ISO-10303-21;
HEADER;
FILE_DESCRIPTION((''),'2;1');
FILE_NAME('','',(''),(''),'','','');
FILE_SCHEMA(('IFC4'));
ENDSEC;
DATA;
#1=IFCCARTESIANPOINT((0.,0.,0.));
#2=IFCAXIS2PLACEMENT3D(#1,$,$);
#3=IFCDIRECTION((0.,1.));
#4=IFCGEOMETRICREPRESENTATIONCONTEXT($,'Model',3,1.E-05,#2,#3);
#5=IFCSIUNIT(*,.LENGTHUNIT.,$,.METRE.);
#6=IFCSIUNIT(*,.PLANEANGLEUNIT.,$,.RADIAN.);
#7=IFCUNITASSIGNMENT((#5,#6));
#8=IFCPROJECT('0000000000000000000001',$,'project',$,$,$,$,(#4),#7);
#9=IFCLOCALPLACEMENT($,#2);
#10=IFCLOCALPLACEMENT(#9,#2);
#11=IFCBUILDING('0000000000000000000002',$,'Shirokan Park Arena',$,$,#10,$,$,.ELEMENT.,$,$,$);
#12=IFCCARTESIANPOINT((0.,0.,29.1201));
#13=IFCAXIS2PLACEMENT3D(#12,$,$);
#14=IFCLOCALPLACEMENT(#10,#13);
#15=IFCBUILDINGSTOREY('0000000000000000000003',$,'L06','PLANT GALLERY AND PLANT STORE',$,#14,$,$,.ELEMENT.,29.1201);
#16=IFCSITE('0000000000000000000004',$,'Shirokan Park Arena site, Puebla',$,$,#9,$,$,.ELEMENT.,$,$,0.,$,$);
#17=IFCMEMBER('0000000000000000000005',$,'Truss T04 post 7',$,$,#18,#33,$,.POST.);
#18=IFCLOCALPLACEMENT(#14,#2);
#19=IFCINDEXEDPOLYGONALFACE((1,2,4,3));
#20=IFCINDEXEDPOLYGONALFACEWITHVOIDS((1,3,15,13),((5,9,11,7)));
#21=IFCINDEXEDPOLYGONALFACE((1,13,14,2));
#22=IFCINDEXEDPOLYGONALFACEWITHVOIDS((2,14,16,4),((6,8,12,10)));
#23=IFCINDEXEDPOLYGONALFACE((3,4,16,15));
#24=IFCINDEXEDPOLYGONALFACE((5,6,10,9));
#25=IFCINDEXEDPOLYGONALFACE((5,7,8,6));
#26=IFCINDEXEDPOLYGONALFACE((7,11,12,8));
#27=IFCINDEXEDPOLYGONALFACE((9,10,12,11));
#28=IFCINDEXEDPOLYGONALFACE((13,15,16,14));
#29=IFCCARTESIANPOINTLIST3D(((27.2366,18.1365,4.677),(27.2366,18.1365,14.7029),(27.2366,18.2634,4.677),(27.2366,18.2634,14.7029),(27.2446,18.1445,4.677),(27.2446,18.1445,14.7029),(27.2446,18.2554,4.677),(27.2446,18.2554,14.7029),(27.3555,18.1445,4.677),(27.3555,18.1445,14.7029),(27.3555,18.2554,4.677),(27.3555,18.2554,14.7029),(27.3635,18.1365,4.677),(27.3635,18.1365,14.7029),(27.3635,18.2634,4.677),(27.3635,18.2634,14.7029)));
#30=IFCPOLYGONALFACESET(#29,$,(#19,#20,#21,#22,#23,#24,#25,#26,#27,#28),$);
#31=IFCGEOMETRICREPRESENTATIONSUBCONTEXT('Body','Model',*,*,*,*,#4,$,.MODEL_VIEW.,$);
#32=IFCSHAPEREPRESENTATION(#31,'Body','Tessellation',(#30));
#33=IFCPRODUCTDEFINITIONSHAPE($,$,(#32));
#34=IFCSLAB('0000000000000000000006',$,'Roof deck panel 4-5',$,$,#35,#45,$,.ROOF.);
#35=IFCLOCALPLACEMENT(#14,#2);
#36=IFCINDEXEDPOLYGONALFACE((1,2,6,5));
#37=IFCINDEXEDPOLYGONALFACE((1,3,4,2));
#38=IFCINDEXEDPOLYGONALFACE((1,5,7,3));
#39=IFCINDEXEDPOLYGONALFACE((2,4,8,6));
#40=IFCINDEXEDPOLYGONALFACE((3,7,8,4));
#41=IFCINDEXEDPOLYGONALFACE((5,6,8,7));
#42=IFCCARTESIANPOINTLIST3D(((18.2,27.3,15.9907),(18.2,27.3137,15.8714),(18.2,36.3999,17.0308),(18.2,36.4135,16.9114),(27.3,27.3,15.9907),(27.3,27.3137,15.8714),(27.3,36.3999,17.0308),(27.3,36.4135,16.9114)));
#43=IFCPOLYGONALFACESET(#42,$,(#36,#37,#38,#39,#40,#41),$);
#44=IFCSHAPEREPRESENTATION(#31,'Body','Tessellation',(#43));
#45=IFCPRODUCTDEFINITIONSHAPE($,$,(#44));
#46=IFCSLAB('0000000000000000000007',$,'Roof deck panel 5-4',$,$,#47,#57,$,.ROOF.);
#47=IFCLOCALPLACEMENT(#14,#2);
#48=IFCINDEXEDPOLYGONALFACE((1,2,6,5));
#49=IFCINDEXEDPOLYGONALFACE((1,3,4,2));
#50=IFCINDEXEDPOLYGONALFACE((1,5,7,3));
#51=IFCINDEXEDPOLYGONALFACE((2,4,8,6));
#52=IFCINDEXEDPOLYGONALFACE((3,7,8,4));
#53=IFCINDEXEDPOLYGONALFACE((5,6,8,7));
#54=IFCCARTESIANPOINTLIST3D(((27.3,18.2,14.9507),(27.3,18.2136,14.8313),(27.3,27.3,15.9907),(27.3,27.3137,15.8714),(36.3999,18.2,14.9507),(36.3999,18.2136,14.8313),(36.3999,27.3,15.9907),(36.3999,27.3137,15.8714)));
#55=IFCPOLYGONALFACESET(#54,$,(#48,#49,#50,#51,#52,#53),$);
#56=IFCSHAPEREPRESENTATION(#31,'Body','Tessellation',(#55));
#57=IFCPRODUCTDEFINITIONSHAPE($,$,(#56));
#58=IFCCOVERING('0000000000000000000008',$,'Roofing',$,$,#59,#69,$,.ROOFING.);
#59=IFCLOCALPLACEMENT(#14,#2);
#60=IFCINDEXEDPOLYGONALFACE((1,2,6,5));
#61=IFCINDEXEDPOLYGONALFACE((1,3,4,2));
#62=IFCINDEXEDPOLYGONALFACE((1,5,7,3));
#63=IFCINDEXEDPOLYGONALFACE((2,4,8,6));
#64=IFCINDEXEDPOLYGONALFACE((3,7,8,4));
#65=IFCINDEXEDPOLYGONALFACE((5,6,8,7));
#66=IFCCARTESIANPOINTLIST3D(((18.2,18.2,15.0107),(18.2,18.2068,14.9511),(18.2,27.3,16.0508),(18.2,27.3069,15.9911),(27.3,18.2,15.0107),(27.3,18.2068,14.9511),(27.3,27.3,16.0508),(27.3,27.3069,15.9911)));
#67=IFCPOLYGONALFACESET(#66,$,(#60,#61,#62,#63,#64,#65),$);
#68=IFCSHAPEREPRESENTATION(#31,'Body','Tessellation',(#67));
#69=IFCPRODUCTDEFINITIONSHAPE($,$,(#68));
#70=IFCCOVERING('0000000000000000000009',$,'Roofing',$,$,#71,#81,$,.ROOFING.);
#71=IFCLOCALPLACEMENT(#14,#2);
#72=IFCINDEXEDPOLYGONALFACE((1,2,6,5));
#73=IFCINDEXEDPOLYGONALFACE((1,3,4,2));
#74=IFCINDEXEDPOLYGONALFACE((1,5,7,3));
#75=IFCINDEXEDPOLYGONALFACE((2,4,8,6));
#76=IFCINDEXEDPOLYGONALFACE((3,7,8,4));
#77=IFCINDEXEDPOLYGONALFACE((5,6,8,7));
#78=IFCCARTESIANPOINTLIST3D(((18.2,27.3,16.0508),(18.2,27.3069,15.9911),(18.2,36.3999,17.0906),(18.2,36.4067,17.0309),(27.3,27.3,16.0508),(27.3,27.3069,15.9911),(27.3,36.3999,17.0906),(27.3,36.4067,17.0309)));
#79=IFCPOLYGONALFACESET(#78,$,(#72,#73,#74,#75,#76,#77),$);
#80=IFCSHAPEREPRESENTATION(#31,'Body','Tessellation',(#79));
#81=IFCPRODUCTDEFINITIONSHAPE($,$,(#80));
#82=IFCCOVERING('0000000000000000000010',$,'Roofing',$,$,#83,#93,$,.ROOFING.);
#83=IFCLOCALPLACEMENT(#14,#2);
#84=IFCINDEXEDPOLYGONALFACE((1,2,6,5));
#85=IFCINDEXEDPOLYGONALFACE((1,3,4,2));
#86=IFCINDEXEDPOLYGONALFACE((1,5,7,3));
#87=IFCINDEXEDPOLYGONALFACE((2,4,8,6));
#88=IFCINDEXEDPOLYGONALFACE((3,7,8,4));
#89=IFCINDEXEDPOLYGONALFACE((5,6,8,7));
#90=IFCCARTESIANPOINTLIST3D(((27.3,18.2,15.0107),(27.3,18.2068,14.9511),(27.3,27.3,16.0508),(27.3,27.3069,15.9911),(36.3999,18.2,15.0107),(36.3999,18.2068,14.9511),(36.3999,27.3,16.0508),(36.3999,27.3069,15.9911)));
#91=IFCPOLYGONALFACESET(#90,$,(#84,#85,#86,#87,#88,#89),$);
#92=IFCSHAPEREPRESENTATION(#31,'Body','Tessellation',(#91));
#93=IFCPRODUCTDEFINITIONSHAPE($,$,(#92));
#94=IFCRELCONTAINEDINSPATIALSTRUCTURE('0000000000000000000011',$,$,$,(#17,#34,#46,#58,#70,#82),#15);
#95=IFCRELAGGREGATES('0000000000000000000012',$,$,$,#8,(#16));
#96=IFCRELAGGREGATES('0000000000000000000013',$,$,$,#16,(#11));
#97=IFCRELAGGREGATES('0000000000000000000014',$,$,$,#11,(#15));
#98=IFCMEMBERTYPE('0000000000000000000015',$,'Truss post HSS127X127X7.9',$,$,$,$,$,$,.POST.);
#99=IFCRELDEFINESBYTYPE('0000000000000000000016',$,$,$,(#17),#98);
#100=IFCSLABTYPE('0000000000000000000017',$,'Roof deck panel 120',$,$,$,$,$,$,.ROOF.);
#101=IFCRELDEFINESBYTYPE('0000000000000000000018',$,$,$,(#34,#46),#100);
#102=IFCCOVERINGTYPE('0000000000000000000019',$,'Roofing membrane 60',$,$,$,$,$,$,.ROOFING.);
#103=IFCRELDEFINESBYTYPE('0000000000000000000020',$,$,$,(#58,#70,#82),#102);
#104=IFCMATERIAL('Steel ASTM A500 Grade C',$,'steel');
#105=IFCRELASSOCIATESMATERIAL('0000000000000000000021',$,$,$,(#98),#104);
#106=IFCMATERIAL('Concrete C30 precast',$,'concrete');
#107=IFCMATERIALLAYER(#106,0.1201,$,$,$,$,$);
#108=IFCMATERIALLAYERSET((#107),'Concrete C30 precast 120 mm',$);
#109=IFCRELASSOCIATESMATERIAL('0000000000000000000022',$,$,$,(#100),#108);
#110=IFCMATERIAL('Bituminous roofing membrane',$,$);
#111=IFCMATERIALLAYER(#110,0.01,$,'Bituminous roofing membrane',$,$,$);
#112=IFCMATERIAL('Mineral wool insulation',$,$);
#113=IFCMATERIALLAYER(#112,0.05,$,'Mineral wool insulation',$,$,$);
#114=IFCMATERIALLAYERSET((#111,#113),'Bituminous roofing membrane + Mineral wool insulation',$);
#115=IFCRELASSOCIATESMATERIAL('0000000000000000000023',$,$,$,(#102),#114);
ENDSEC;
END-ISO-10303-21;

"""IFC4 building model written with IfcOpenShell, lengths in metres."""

from ifc_helpers import new_model, si_unit, direction, frame, origin, origin_2d, place, context, subcontext, project, spatial, polyline, hollow_rectangle, outline, extrude, material, layer, layer_set, material_profile, profile_set, type_object, element, save


model = new_model("IFC4")

# Units and contexts
model_context = context("Model", 3, precision=1e-05, world=origin(), true_north=direction((0.0, 1.0)))
body_context = subcontext(model_context, "Body", "Model", "MODEL_VIEW")
ifc_project = project(units=[si_unit("LENGTHUNIT", "METRE"), si_unit("PLANEANGLEUNIT", "RADIAN")], contexts=[model_context])

# Site, building, storey
site_placement = place(None, origin())
site = spatial("IfcSite", under=ifc_project, at=site_placement, Name="Shirokan Park Arena site, Puebla", CompositionType="ELEMENT", RefElevation=0.0)
building_placement = place(site_placement, origin())
building = spatial("IfcBuilding", under=site, at=building_placement, Name="Shirokan Park Arena", CompositionType="ELEMENT")
storey_placement = place(building_placement, frame((0.0, 0.0, 29.1201)))
storey = spatial("IfcBuildingStorey", under=building, at=storey_placement, Name="L06", Description="PLANT GALLERY AND PLANT STORE", CompositionType="ELEMENT", Elevation=29.1201)

# Member
ifc_material_1 = material(Name="Steel ASTM A500 Grade C", Category="steel")
ifc_material_profile_1 = material_profile(ifc_material_1, hollow_rectangle(XDim=0.127, YDim=0.127, WallThickness=0.0081, at=origin_2d()), Name="HSS127X127X7.9")
ifc_profile_set_1 = profile_set([ifc_material_profile_1], Name="Steel ASTM A500 Grade C")
member_type_1 = type_object("IfcMemberType", Name="Truss post HSS127X127X7.9", PredefinedType="POST", material=ifc_profile_set_1)
member_1_placement = place(storey_placement, frame((27.3, 18.2, 4.677), z_axis=(0.0, 0.0, 1.0), x_axis=(1.0, 0.0, 0.0)))
element("IfcMember", 1, at=member_1_placement, inside=storey, type_object=member_type_1, Name="Truss T04 post 7", PredefinedType="POST", context=body_context, shape_type="SweptSolid", body=[
    extrude(hollow_rectangle(XDim=0.127, YDim=0.127, WallThickness=0.0081, at=origin_2d()), origin(), (0.0, 0.0, 1.0), 10.0259),
])

# Slabs
ifc_material_2 = material(Name="Concrete C30 precast", Category="concrete")
ifc_layer_1 = layer(ifc_material_2, 0.1201)
ifc_layer_set_1 = layer_set([ifc_layer_1], Name="Concrete C30 precast 120 mm")
slab_type = type_object("IfcSlabType", Name="Roof deck panel 120", PredefinedType="ROOF", material=ifc_layer_set_1)
slab_1_placement = place(storey_placement, frame((18.2, 27.3, 15.9907), z_axis=(0.0, -0.113553, 0.993532), x_axis=(1.0, 0.0, 0.0)))
element("IfcSlab", 2, at=slab_1_placement, inside=storey, type_object=slab_type, Name="Roof deck panel 4-5", PredefinedType="ROOF", context=body_context, shape_type="SweptSolid", body=[
    extrude(outline(polyline([(0.0, 0.0), (9.1001, 0.0), (9.1001, 9.1591), (0.0, 9.1591), (0.0, 0.0)])), origin(), (0.0, 0.0, -1.0), 0.1201),
])
slab_2_placement = place(storey_placement, frame((27.3, 18.2, 14.9507), z_axis=(0.0, -0.11355, 0.993532), x_axis=(1.0, 0.0, 0.0)))
element("IfcSlab", 3, at=slab_2_placement, inside=storey, type_object=slab_type, Name="Roof deck panel 5-4", PredefinedType="ROOF", context=body_context, shape_type="SweptSolid", body=[
    extrude(outline(polyline([(0.0, 0.0), (9.0999, 0.0), (9.0999, 9.1593), (0.0, 9.1593), (0.0, 0.0)])), origin(), (0.0, 0.0, -1.0), 0.1201),
])

# Coverings
ifc_material_3 = material(Name="Bituminous roofing membrane")
ifc_layer_2 = layer(ifc_material_3, 0.01, Name="Bituminous roofing membrane")
ifc_material_4 = material(Name="Mineral wool insulation")
ifc_layer_3 = layer(ifc_material_4, 0.05, Name="Mineral wool insulation")
ifc_layer_set_2 = layer_set([ifc_layer_2, ifc_layer_3], Name="Bituminous roofing membrane + Mineral wool insulation")
covering_type = type_object("IfcCoveringType", Name="Roofing membrane 60", PredefinedType="ROOFING", material=ifc_layer_set_2)
covering_1_placement = place(storey_placement, frame((18.2, 18.2, 15.0107), z_axis=(0.0, -0.11355, 0.993532), x_axis=(1.0, 0.0, 0.0)))
element("IfcCovering", 4, at=covering_1_placement, inside=storey, type_object=covering_type, Name="Roofing", PredefinedType="ROOFING", context=body_context, shape_type="SweptSolid", body=[
    extrude(outline(polyline([(0.0, 0.0), (9.1001, 0.0), (9.1001, 9.1593), (0.0, 9.1593), (0.0, 0.0)])), origin(), (0.0, 0.0, -1.0), 0.0601),
])
covering_2_placement = place(storey_placement, frame((18.2, 27.3, 16.0508), z_axis=(0.0, -0.113526, 0.993535), x_axis=(1.0, 0.0, 0.0)))
element("IfcCovering", 5, at=covering_2_placement, inside=storey, type_object=covering_type, Name="Roofing", PredefinedType="ROOFING", context=body_context, shape_type="SweptSolid", body=[
    extrude(outline(polyline([(0.0, 0.0), (9.1001, 0.0), (9.1001, 9.1591), (0.0, 9.1591), (0.0, 0.0)])), origin(), (0.0, 0.0, -1.0), 0.0601),
])
covering_3_placement = place(storey_placement, frame((27.3, 18.2, 15.0107), z_axis=(0.0, -0.11355, 0.993532), x_axis=(1.0, 0.0, 0.0)))
element("IfcCovering", 6, at=covering_3_placement, inside=storey, type_object=covering_type, Name="Roofing", PredefinedType="ROOFING", context=body_context, shape_type="SweptSolid", body=[
    extrude(outline(polyline([(0.0, 0.0), (9.0999, 0.0), (9.0999, 9.1593), (0.0, 9.1593), (0.0, 0.0)])), origin(), (0.0, 0.0, -1.0), 0.0601),
])

save(model, "model.ifc")
